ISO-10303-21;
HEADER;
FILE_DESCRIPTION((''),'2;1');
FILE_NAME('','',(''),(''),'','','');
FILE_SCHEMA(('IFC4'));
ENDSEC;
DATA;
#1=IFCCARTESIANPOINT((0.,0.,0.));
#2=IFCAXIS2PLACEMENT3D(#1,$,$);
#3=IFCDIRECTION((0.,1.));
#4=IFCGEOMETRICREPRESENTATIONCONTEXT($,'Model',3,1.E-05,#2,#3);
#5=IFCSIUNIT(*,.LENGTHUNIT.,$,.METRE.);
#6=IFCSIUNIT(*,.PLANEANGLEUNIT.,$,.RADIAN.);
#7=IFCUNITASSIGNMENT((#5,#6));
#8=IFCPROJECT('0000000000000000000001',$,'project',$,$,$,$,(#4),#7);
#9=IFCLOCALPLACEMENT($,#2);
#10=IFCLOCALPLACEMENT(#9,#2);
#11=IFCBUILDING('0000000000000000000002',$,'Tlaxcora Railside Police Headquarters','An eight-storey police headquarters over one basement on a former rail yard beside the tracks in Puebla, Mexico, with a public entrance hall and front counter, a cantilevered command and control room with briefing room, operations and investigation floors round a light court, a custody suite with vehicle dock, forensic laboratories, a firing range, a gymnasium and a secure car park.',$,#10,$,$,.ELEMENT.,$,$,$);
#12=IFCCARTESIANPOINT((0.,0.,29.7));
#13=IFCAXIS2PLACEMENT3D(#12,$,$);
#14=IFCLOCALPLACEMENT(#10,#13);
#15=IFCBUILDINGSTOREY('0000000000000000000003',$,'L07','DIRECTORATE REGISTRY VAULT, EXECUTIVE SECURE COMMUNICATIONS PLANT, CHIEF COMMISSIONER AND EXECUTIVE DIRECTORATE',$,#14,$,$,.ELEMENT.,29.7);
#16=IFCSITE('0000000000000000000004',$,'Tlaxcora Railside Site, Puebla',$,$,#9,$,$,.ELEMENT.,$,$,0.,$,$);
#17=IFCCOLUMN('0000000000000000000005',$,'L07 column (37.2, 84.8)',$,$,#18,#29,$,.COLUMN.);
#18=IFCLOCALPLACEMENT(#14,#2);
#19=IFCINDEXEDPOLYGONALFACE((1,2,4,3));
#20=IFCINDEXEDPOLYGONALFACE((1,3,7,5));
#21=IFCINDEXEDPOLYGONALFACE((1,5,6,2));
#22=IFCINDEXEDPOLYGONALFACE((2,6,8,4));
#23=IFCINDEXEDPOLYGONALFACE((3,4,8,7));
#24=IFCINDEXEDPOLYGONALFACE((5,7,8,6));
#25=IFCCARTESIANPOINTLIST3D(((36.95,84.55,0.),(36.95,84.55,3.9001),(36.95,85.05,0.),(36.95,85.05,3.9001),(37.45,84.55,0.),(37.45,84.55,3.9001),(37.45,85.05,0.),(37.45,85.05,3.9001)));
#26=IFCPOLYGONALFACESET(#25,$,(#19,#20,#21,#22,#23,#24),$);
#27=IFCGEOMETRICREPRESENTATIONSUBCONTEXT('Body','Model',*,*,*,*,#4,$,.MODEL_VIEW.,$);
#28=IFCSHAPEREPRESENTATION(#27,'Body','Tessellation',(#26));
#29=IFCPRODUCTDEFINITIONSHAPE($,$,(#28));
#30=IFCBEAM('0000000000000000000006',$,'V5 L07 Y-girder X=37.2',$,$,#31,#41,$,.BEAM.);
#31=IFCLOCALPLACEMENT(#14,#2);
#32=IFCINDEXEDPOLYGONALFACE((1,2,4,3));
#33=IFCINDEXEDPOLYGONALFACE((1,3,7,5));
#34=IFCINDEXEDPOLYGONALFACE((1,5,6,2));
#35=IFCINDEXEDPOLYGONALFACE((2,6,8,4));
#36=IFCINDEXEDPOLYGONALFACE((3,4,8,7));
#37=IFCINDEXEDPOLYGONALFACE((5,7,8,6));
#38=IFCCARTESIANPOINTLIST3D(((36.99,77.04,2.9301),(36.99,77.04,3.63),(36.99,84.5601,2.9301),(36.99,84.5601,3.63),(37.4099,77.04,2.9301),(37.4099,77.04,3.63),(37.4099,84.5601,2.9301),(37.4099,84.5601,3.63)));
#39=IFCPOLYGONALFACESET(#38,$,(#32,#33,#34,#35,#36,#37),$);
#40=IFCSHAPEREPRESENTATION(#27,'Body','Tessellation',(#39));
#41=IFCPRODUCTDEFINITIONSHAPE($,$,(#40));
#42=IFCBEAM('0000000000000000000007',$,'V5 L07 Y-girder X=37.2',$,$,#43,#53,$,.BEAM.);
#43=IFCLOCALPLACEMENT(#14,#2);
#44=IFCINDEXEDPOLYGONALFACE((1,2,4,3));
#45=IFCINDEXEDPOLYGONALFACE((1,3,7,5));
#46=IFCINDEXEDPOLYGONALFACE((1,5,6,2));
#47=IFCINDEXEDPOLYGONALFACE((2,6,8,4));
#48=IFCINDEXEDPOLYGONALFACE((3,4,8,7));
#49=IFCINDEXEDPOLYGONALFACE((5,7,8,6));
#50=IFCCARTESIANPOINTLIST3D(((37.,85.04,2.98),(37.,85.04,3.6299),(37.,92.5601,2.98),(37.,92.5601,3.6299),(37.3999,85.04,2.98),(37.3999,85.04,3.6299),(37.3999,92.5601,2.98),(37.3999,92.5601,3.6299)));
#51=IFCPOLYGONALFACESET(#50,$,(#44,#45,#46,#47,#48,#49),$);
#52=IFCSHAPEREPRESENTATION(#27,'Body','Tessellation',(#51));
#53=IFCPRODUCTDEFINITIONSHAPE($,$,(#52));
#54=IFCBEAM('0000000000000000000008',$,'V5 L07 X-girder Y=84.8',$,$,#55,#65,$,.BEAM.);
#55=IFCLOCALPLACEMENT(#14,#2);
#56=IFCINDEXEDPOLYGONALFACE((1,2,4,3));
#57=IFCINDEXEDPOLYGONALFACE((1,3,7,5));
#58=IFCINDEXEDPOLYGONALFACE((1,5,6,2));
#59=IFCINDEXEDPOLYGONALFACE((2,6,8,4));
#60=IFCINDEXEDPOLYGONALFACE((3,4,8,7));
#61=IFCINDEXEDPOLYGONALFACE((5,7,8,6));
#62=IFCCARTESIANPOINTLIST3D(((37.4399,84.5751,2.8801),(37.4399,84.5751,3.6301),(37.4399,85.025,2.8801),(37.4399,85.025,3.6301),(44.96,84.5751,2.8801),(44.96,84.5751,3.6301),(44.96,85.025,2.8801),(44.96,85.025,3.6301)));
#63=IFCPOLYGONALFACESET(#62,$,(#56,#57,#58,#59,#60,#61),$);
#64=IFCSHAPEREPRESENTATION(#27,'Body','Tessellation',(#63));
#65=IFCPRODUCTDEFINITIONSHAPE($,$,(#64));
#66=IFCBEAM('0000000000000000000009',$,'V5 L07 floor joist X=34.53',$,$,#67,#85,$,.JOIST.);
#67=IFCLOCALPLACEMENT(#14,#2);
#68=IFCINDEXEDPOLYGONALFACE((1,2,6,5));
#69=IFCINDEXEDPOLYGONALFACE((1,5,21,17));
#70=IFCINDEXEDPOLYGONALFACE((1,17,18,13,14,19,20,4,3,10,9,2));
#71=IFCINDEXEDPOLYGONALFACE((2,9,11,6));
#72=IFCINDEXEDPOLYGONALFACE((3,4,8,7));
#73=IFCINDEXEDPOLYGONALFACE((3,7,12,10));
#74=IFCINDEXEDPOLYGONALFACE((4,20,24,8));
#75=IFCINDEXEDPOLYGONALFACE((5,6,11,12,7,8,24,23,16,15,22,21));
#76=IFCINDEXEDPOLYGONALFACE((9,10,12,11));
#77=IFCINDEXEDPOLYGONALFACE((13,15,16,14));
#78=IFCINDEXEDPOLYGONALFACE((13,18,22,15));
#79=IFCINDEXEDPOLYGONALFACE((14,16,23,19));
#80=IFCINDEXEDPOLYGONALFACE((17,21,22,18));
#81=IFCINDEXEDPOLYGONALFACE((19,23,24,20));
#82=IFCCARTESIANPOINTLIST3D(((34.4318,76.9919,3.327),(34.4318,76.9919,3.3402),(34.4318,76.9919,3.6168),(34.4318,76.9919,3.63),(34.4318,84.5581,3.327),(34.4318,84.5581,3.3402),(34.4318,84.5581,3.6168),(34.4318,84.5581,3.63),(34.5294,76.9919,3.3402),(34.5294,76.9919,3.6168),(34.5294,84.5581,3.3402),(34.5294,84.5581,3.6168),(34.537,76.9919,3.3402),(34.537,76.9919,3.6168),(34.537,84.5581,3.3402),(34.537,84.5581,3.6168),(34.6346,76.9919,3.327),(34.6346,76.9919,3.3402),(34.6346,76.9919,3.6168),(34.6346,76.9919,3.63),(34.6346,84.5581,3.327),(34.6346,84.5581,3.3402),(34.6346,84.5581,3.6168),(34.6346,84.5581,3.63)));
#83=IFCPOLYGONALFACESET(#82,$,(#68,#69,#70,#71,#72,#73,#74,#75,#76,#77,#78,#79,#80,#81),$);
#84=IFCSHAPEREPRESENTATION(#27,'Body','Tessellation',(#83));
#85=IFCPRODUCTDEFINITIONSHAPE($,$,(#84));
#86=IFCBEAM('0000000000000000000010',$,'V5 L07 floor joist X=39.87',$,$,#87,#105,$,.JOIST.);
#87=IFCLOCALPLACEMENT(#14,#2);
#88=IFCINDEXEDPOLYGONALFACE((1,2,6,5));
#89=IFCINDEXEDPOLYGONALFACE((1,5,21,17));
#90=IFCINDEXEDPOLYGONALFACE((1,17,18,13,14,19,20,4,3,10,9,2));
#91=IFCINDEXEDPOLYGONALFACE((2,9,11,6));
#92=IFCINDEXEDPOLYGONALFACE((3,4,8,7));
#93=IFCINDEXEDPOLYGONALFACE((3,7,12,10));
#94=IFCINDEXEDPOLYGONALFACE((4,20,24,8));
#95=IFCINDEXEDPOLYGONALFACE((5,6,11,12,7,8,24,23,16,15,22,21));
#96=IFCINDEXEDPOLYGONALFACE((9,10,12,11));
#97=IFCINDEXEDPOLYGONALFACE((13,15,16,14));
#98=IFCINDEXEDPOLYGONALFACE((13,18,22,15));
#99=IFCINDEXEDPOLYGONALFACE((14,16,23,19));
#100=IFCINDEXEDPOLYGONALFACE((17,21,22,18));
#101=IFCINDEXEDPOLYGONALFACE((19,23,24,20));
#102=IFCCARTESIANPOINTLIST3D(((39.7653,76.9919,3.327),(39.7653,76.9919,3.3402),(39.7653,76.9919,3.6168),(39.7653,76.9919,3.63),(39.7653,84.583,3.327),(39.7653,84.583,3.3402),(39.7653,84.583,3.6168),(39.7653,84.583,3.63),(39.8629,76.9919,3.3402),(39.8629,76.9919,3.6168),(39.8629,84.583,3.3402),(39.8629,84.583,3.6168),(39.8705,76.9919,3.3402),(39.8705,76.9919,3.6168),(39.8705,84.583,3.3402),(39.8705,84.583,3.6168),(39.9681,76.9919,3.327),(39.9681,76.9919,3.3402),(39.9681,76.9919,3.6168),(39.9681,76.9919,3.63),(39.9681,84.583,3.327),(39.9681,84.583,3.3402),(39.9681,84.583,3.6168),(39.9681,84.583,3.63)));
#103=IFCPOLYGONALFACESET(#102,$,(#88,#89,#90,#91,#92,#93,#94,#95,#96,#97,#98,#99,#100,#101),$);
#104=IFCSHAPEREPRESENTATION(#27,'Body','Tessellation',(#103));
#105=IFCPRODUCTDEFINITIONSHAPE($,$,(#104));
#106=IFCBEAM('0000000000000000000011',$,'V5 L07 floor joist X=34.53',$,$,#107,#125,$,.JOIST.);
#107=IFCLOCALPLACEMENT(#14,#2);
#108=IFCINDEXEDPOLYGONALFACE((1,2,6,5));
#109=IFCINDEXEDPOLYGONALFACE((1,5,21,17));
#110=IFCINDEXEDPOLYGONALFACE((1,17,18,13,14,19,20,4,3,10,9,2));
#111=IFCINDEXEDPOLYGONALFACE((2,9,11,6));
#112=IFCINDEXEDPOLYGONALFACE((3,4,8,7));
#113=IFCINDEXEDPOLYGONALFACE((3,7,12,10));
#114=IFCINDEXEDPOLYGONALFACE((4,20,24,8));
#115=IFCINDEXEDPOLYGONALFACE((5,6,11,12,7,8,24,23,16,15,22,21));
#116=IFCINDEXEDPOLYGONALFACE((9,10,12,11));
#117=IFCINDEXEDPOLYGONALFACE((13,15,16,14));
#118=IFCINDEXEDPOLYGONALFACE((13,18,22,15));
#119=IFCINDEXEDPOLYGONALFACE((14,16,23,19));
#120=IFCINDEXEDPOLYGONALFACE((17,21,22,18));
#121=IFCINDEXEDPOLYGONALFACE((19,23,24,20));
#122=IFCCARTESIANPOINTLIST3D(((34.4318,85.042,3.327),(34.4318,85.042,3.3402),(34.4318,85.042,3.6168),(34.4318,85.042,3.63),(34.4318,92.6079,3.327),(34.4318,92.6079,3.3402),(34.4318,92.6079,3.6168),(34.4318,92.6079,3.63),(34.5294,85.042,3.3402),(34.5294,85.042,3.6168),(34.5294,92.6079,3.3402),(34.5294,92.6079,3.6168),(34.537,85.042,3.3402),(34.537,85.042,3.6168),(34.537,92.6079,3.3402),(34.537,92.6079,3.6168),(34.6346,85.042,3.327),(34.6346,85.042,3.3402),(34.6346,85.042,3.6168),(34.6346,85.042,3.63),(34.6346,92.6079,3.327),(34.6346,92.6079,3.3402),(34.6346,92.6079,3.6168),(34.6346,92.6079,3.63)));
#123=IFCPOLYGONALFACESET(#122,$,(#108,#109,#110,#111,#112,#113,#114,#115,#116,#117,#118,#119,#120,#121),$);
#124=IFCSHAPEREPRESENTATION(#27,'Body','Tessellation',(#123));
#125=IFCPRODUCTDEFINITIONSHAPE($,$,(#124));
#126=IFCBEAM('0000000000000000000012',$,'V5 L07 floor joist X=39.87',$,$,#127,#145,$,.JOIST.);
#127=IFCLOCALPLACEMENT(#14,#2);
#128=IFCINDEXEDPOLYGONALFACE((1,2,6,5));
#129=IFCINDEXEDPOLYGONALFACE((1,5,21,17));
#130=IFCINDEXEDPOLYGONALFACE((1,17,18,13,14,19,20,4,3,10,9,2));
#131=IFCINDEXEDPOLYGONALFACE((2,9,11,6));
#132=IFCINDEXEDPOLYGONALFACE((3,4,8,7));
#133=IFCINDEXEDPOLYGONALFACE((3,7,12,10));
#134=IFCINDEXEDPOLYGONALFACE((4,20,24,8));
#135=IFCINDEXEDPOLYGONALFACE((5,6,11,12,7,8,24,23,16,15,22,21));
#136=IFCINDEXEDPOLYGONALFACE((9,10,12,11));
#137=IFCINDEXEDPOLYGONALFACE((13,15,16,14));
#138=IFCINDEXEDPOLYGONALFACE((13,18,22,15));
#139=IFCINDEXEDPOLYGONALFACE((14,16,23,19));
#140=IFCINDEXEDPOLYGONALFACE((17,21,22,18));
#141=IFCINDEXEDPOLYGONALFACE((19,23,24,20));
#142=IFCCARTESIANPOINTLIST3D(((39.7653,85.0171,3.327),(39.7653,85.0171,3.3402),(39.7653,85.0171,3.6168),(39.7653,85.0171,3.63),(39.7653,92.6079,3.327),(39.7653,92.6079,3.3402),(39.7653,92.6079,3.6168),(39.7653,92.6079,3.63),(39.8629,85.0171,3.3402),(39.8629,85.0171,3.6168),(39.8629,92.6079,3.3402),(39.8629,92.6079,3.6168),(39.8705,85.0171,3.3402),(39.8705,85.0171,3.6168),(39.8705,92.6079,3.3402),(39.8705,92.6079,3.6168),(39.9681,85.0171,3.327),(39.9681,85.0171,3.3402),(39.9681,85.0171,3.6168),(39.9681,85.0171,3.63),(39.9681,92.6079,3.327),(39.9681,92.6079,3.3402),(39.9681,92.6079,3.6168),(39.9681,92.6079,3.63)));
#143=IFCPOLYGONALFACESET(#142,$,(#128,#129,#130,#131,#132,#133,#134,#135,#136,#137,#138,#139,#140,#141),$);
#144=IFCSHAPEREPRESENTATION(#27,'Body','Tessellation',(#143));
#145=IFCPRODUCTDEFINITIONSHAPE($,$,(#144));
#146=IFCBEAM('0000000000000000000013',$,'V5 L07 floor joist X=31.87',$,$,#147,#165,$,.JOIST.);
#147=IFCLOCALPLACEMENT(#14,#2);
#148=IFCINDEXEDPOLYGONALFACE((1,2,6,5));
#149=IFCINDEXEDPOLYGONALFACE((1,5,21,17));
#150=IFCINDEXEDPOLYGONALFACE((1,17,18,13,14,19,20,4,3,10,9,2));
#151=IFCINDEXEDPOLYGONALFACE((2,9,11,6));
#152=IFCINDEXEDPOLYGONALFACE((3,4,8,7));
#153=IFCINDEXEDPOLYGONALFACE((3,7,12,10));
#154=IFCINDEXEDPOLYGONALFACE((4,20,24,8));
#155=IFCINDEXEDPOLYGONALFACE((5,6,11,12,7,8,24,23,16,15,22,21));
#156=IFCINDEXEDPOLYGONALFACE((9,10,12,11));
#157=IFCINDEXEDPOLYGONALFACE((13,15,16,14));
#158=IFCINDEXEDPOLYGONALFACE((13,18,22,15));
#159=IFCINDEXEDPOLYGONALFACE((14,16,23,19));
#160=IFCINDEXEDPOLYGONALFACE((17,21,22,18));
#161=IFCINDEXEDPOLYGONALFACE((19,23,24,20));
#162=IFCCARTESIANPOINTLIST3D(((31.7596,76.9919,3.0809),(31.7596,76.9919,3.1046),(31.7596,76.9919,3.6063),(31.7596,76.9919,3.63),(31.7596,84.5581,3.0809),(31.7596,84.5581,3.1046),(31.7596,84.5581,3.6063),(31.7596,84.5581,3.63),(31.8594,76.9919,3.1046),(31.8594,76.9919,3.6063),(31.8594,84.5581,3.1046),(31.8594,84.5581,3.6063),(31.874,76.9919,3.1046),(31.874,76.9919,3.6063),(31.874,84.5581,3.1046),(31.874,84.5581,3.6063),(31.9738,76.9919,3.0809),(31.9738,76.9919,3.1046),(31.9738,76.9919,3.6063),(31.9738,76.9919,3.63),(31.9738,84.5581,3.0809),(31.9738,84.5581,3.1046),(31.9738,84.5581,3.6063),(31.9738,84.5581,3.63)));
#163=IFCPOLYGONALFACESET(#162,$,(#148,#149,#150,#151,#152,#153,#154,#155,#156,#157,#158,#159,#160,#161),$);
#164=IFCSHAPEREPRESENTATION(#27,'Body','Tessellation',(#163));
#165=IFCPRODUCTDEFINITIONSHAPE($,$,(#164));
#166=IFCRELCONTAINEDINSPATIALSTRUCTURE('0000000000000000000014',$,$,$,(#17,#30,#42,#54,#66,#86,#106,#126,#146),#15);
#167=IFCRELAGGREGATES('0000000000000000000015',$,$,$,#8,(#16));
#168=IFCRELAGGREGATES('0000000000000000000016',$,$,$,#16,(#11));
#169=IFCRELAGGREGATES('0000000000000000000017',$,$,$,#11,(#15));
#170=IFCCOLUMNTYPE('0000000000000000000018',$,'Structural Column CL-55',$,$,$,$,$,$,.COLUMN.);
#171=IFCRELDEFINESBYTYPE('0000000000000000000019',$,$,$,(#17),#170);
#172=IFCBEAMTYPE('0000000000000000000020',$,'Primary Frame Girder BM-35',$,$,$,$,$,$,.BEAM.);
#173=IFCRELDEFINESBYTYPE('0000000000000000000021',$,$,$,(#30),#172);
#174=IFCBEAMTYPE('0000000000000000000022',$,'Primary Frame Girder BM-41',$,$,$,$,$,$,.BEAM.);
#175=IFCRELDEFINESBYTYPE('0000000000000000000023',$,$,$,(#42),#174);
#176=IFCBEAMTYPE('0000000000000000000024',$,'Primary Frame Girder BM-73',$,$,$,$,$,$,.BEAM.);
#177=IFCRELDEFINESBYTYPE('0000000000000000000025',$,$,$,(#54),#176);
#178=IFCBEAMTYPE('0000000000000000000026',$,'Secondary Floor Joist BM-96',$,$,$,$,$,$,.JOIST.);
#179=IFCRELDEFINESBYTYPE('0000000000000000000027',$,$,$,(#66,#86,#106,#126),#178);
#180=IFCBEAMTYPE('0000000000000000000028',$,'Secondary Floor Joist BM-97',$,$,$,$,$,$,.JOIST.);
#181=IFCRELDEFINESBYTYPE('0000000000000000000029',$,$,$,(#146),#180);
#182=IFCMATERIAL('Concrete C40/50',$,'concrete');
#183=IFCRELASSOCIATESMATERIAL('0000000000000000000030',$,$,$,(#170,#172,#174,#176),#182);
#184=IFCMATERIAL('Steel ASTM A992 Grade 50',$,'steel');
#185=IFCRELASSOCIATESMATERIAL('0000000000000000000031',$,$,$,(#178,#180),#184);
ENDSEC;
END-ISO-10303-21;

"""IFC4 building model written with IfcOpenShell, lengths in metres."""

from ifc_helpers import new_model, si_unit, direction, frame, origin, origin_2d, place, context, subcontext, project, spatial, rectangle, i_section, extrude, material, material_profile, profile_set, type_object, element, save


model = new_model("IFC4")

# Units and contexts
model_context = context("Model", 3, precision=1e-05, world=origin(), true_north=direction((0.0, 1.0)))
body_context = subcontext(model_context, "Body", "Model", "MODEL_VIEW")
ifc_project = project(units=[si_unit("LENGTHUNIT", "METRE"), si_unit("PLANEANGLEUNIT", "RADIAN")], contexts=[model_context])

# Site, building, storey
site_placement = place(None, origin())
site = spatial("IfcSite", under=ifc_project, at=site_placement, Name="Tlaxcora Railside Site, Puebla", CompositionType="ELEMENT", RefElevation=0.0)
building_placement = place(site_placement, origin())
building = spatial("IfcBuilding", under=site, at=building_placement, Name="Tlaxcora Railside Police Headquarters", Description="An eight-storey police headquarters over one basement on a former rail yard beside the tracks in Puebla, Mexico, with a public entrance hall and front counter, a cantilevered command and control room with briefing room, operations and investigation floors round a light court, a custody suite with vehicle dock, forensic laboratories, a firing range, a gymnasium and a secure car park.", CompositionType="ELEMENT")
storey_placement = place(building_placement, frame((0.0, 0.0, 29.7)))
storey = spatial("IfcBuildingStorey", under=building, at=storey_placement, Name="L07", Description="DIRECTORATE REGISTRY VAULT, EXECUTIVE SECURE COMMUNICATIONS PLANT, CHIEF COMMISSIONER AND EXECUTIVE DIRECTORATE", CompositionType="ELEMENT", Elevation=29.7)

# Column
ifc_material_1 = material(Name="Concrete C40/50", Category="concrete")
ifc_material_profile_1 = material_profile(ifc_material_1, rectangle(XDim=0.5, YDim=0.5, at=origin_2d()), Name="RC500X500")
ifc_profile_set_1 = profile_set([ifc_material_profile_1], Name="Concrete C40/50")
column_type = type_object("IfcColumnType", Name="Structural Column CL-55", PredefinedType="COLUMN", material=ifc_profile_set_1)
column_placement = place(storey_placement, frame((37.2, 84.8, 0.0), z_axis=(0.0, 0.0, 1.0), x_axis=(1.0, 0.0, 0.0)))
element("IfcColumn", 1, at=column_placement, inside=storey, type_object=column_type, Name="L07 column (37.2, 84.8)", PredefinedType="COLUMN", context=body_context, shape_type="SweptSolid", body=[
    extrude(rectangle(XDim=0.5, YDim=0.5, at=origin_2d()), origin(), (0.0, 0.0, 1.0), 3.9001),
])

# Beams
ifc_material_profile_2 = material_profile(ifc_material_1, rectangle(XDim=0.4199, YDim=0.7, at=origin_2d()), Name="RC420X700")
ifc_profile_set_2 = profile_set([ifc_material_profile_2], Name="Concrete C40/50")
beam_type_1 = type_object("IfcBeamType", Name="Primary Frame Girder BM-35", PredefinedType="BEAM", material=ifc_profile_set_2)
beam_1_placement = place(storey_placement, frame((37.2, 77.04, 3.28), z_axis=(0.0, 1.0, 0.0), x_axis=(-1.0, 0.0, 0.0)))
element("IfcBeam", 2, at=beam_1_placement, inside=storey, type_object=beam_type_1, Name="V5 L07 Y-girder X=37.2", PredefinedType="BEAM", context=body_context, shape_type="SweptSolid", body=[
    extrude(rectangle(XDim=0.4199, YDim=0.7, at=origin_2d()), origin(), (0.0, 0.0, 1.0), 7.52),
])
ifc_material_profile_3 = material_profile(ifc_material_1, rectangle(XDim=0.3999, YDim=0.6499, at=origin_2d()), Name="RC400X650")
ifc_profile_set_3 = profile_set([ifc_material_profile_3], Name="Concrete C40/50")
beam_type_2 = type_object("IfcBeamType", Name="Primary Frame Girder BM-41", PredefinedType="BEAM", material=ifc_profile_set_3)
beam_2_placement = place(storey_placement, frame((37.2, 85.04, 3.3049), z_axis=(0.0, 1.0, 0.0), x_axis=(-1.0, 0.0, 0.0)))
element("IfcBeam", 3, at=beam_2_placement, inside=storey, type_object=beam_type_2, Name="V5 L07 Y-girder X=37.2", PredefinedType="BEAM", context=body_context, shape_type="SweptSolid", body=[
    extrude(rectangle(XDim=0.3999, YDim=0.6499, at=origin_2d()), origin(), (0.0, 0.0, 1.0), 7.52),
])
ifc_material_profile_4 = material_profile(ifc_material_1, rectangle(XDim=0.45, YDim=0.75, at=origin_2d()), Name="RC450X750")
ifc_profile_set_4 = profile_set([ifc_material_profile_4], Name="Concrete C40/50")
beam_type_3 = type_object("IfcBeamType", Name="Primary Frame Girder BM-73", PredefinedType="BEAM", material=ifc_profile_set_4)
beam_3_placement = place(storey_placement, frame((37.4399, 84.8, 3.2551), z_axis=(1.0, 0.0, 0.0), x_axis=(0.0, 1.0, 0.0)))
element("IfcBeam", 4, at=beam_3_placement, inside=storey, type_object=beam_type_3, Name="V5 L07 X-girder Y=84.8", PredefinedType="BEAM", context=body_context, shape_type="SweptSolid", body=[
    extrude(rectangle(XDim=0.45, YDim=0.75, at=origin_2d()), origin(), (0.0, 0.0, 1.0), 7.52),
])
ifc_material_2 = material(Name="Steel ASTM A992 Grade 50", Category="steel")
ifc_material_profile_5 = material_profile(ifc_material_2, i_section(OverallWidth=0.2029, OverallDepth=0.303, WebThickness=0.0076, FlangeThickness=0.0132, at=origin_2d()), Name="W12X40")
ifc_profile_set_5 = profile_set([ifc_material_profile_5], Name="Steel ASTM A992 Grade 50")
beam_type_4 = type_object("IfcBeamType", Name="Secondary Floor Joist BM-96", PredefinedType="JOIST", material=ifc_profile_set_5)
beam_4_placement = place(storey_placement, frame((34.5332, 76.9919, 3.4785), z_axis=(0.0, 1.0, 0.0), x_axis=(-1.0, 0.0, 0.0)))
element("IfcBeam", 5, at=beam_4_placement, inside=storey, type_object=beam_type_4, Name="V5 L07 floor joist X=34.53", PredefinedType="JOIST", context=body_context, shape_type="SweptSolid", body=[
    extrude(i_section(OverallWidth=0.2029, OverallDepth=0.303, WebThickness=0.0076, FlangeThickness=0.0132, at=origin_2d()), origin(), (0.0, 0.0, 1.0), 7.5662),
])
beam_5_placement = place(storey_placement, frame((39.8667, 76.9919, 3.4785), z_axis=(0.0, 1.0, 0.0), x_axis=(-1.0, 0.0, 0.0)))
element("IfcBeam", 6, at=beam_5_placement, inside=storey, type_object=beam_type_4, Name="V5 L07 floor joist X=39.87", PredefinedType="JOIST", context=body_context, shape_type="SweptSolid", body=[
    extrude(i_section(OverallWidth=0.2029, OverallDepth=0.303, WebThickness=0.0076, FlangeThickness=0.0132, at=origin_2d()), origin(), (0.0, 0.0, 1.0), 7.5911),
])
beam_6_placement = place(storey_placement, frame((34.5332, 85.042, 3.4785), z_axis=(0.0, 1.0, 0.0), x_axis=(-1.0, 0.0, 0.0)))
element("IfcBeam", 7, at=beam_6_placement, inside=storey, type_object=beam_type_4, Name="V5 L07 floor joist X=34.53", PredefinedType="JOIST", context=body_context, shape_type="SweptSolid", body=[
    extrude(i_section(OverallWidth=0.2029, OverallDepth=0.303, WebThickness=0.0076, FlangeThickness=0.0132, at=origin_2d()), origin(), (0.0, 0.0, 1.0), 7.5659),
])
beam_7_placement = place(storey_placement, frame((39.8667, 85.0171, 3.4785), z_axis=(0.0, 1.0, 0.0), x_axis=(-1.0, 0.0, 0.0)))
element("IfcBeam", 8, at=beam_7_placement, inside=storey, type_object=beam_type_4, Name="V5 L07 floor joist X=39.87", PredefinedType="JOIST", context=body_context, shape_type="SweptSolid", body=[
    extrude(i_section(OverallWidth=0.2029, OverallDepth=0.303, WebThickness=0.0076, FlangeThickness=0.0132, at=origin_2d()), origin(), (0.0, 0.0, 1.0), 7.5908),
])
ifc_material_profile_6 = material_profile(ifc_material_2, i_section(OverallWidth=0.2141, OverallDepth=0.5491, WebThickness=0.0146, FlangeThickness=0.0237, at=origin_2d()), Name="W21X93")
ifc_profile_set_6 = profile_set([ifc_material_profile_6], Name="Steel ASTM A992 Grade 50")
beam_type_5 = type_object("IfcBeamType", Name="Secondary Floor Joist BM-97", PredefinedType="JOIST", material=ifc_profile_set_6)
beam_8_placement = place(storey_placement, frame((31.8667, 76.9919, 3.3555), z_axis=(0.0, 1.0, 0.0), x_axis=(-1.0, 0.0, 0.0)))
element("IfcBeam", 9, at=beam_8_placement, inside=storey, type_object=beam_type_5, Name="V5 L07 floor joist X=31.87", PredefinedType="JOIST", context=body_context, shape_type="SweptSolid", body=[
    extrude(i_section(OverallWidth=0.2141, OverallDepth=0.5491, WebThickness=0.0146, FlangeThickness=0.0237, at=origin_2d()), origin(), (0.0, 0.0, 1.0), 7.5662),
])

save(model, "model.ifc")
